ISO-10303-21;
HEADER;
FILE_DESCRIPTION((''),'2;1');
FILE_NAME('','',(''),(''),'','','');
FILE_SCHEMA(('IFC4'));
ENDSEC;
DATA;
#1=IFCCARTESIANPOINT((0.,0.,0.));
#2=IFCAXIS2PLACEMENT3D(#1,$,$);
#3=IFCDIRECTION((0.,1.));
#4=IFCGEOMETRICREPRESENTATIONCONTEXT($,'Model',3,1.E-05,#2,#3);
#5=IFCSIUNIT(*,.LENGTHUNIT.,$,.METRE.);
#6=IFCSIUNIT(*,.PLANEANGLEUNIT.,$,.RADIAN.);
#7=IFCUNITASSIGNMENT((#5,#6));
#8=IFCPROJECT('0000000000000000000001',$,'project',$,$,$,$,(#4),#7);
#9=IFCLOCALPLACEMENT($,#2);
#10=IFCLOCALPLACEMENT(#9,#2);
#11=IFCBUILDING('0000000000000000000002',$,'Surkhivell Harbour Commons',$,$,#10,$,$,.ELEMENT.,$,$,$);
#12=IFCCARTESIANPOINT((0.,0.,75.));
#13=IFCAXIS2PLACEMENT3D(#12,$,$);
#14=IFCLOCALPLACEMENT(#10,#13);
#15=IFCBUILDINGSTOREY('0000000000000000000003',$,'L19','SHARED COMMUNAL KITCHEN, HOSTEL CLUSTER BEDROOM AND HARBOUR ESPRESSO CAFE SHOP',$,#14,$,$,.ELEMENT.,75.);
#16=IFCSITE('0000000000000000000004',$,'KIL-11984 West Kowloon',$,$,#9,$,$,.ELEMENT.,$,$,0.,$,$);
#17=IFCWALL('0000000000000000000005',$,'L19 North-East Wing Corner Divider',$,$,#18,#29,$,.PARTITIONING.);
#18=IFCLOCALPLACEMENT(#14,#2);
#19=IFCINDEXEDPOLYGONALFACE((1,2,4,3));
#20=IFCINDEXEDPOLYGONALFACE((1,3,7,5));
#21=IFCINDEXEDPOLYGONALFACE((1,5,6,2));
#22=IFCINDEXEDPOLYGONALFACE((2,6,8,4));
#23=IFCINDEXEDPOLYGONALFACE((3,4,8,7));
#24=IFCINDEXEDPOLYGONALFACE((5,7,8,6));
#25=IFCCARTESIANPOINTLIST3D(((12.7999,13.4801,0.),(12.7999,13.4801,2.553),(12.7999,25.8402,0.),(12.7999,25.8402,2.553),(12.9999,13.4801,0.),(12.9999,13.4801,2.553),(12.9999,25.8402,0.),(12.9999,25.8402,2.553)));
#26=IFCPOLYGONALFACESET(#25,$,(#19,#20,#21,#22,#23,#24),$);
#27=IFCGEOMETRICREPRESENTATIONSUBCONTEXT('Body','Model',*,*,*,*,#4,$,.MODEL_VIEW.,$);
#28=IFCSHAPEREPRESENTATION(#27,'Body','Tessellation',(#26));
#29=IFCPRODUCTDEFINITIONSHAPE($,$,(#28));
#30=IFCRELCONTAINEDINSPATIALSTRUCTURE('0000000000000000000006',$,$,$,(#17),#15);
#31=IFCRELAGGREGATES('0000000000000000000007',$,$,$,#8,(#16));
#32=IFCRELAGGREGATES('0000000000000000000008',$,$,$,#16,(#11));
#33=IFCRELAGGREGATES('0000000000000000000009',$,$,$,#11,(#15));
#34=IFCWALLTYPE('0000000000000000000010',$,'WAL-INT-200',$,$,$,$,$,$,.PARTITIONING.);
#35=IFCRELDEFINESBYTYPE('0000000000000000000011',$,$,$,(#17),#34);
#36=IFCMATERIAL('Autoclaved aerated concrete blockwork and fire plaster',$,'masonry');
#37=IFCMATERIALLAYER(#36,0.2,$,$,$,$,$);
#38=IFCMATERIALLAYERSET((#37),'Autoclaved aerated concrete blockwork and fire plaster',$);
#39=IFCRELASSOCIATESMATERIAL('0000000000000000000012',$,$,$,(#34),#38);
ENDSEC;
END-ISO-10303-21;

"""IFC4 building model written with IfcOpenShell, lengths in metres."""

from ifc_helpers import new_model, si_unit, direction, frame, frame_2d, origin, place, context, subcontext, project, spatial, rectangle, extrude, material, layer, layer_set, type_object, element, save


model = new_model("IFC4")

# Units and contexts
model_context = context("Model", 3, precision=1e-05, world=origin(), true_north=direction((0.0, 1.0)))
body_context = subcontext(model_context, "Body", "Model", "MODEL_VIEW")
ifc_project = project(units=[si_unit("LENGTHUNIT", "METRE"), si_unit("PLANEANGLEUNIT", "RADIAN")], contexts=[model_context])

# Site, building, storey
site_placement = place(None, origin())
site = spatial("IfcSite", under=ifc_project, at=site_placement, Name="KIL-11984 West Kowloon", CompositionType="ELEMENT", RefElevation=0.0)
building_placement = place(site_placement, origin())
building = spatial("IfcBuilding", under=site, at=building_placement, Name="Surkhivell Harbour Commons", CompositionType="ELEMENT")
storey_placement = place(building_placement, frame((0.0, 0.0, 75.0)))
storey = spatial("IfcBuildingStorey", under=building, at=storey_placement, Name="L19", Description="SHARED COMMUNAL KITCHEN, HOSTEL CLUSTER BEDROOM AND HARBOUR ESPRESSO CAFE SHOP", CompositionType="ELEMENT", Elevation=75.0)

# Wall
ifc_material_1 = material(Name="Autoclaved aerated concrete blockwork and fire plaster", Category="masonry")
ifc_layer_1 = layer(ifc_material_1, 0.2)
ifc_layer_set_1 = layer_set([ifc_layer_1], Name="Autoclaved aerated concrete blockwork and fire plaster")
wall_type_1 = type_object("IfcWallType", Name="WAL-INT-200", PredefinedType="PARTITIONING", material=ifc_layer_set_1)
wall_1_placement = place(storey_placement, frame((12.8999, 13.48, 0.0), z_axis=(0.0, 0.0, 1.0), x_axis=(0.0, 1.0, 0.0)))
element("IfcWall", 1, at=wall_1_placement, inside=storey, type_object=wall_type_1, Name="L19 North-East Wing Corner Divider", PredefinedType="PARTITIONING", context=body_context, shape_type="SweptSolid", body=[
    extrude(rectangle(XDim=12.3601, YDim=0.2, at=frame_2d((6.1802, 0.0))), origin(), (0.0, 0.0, 1.0), 2.553),
])

save(model, "model.ifc")
